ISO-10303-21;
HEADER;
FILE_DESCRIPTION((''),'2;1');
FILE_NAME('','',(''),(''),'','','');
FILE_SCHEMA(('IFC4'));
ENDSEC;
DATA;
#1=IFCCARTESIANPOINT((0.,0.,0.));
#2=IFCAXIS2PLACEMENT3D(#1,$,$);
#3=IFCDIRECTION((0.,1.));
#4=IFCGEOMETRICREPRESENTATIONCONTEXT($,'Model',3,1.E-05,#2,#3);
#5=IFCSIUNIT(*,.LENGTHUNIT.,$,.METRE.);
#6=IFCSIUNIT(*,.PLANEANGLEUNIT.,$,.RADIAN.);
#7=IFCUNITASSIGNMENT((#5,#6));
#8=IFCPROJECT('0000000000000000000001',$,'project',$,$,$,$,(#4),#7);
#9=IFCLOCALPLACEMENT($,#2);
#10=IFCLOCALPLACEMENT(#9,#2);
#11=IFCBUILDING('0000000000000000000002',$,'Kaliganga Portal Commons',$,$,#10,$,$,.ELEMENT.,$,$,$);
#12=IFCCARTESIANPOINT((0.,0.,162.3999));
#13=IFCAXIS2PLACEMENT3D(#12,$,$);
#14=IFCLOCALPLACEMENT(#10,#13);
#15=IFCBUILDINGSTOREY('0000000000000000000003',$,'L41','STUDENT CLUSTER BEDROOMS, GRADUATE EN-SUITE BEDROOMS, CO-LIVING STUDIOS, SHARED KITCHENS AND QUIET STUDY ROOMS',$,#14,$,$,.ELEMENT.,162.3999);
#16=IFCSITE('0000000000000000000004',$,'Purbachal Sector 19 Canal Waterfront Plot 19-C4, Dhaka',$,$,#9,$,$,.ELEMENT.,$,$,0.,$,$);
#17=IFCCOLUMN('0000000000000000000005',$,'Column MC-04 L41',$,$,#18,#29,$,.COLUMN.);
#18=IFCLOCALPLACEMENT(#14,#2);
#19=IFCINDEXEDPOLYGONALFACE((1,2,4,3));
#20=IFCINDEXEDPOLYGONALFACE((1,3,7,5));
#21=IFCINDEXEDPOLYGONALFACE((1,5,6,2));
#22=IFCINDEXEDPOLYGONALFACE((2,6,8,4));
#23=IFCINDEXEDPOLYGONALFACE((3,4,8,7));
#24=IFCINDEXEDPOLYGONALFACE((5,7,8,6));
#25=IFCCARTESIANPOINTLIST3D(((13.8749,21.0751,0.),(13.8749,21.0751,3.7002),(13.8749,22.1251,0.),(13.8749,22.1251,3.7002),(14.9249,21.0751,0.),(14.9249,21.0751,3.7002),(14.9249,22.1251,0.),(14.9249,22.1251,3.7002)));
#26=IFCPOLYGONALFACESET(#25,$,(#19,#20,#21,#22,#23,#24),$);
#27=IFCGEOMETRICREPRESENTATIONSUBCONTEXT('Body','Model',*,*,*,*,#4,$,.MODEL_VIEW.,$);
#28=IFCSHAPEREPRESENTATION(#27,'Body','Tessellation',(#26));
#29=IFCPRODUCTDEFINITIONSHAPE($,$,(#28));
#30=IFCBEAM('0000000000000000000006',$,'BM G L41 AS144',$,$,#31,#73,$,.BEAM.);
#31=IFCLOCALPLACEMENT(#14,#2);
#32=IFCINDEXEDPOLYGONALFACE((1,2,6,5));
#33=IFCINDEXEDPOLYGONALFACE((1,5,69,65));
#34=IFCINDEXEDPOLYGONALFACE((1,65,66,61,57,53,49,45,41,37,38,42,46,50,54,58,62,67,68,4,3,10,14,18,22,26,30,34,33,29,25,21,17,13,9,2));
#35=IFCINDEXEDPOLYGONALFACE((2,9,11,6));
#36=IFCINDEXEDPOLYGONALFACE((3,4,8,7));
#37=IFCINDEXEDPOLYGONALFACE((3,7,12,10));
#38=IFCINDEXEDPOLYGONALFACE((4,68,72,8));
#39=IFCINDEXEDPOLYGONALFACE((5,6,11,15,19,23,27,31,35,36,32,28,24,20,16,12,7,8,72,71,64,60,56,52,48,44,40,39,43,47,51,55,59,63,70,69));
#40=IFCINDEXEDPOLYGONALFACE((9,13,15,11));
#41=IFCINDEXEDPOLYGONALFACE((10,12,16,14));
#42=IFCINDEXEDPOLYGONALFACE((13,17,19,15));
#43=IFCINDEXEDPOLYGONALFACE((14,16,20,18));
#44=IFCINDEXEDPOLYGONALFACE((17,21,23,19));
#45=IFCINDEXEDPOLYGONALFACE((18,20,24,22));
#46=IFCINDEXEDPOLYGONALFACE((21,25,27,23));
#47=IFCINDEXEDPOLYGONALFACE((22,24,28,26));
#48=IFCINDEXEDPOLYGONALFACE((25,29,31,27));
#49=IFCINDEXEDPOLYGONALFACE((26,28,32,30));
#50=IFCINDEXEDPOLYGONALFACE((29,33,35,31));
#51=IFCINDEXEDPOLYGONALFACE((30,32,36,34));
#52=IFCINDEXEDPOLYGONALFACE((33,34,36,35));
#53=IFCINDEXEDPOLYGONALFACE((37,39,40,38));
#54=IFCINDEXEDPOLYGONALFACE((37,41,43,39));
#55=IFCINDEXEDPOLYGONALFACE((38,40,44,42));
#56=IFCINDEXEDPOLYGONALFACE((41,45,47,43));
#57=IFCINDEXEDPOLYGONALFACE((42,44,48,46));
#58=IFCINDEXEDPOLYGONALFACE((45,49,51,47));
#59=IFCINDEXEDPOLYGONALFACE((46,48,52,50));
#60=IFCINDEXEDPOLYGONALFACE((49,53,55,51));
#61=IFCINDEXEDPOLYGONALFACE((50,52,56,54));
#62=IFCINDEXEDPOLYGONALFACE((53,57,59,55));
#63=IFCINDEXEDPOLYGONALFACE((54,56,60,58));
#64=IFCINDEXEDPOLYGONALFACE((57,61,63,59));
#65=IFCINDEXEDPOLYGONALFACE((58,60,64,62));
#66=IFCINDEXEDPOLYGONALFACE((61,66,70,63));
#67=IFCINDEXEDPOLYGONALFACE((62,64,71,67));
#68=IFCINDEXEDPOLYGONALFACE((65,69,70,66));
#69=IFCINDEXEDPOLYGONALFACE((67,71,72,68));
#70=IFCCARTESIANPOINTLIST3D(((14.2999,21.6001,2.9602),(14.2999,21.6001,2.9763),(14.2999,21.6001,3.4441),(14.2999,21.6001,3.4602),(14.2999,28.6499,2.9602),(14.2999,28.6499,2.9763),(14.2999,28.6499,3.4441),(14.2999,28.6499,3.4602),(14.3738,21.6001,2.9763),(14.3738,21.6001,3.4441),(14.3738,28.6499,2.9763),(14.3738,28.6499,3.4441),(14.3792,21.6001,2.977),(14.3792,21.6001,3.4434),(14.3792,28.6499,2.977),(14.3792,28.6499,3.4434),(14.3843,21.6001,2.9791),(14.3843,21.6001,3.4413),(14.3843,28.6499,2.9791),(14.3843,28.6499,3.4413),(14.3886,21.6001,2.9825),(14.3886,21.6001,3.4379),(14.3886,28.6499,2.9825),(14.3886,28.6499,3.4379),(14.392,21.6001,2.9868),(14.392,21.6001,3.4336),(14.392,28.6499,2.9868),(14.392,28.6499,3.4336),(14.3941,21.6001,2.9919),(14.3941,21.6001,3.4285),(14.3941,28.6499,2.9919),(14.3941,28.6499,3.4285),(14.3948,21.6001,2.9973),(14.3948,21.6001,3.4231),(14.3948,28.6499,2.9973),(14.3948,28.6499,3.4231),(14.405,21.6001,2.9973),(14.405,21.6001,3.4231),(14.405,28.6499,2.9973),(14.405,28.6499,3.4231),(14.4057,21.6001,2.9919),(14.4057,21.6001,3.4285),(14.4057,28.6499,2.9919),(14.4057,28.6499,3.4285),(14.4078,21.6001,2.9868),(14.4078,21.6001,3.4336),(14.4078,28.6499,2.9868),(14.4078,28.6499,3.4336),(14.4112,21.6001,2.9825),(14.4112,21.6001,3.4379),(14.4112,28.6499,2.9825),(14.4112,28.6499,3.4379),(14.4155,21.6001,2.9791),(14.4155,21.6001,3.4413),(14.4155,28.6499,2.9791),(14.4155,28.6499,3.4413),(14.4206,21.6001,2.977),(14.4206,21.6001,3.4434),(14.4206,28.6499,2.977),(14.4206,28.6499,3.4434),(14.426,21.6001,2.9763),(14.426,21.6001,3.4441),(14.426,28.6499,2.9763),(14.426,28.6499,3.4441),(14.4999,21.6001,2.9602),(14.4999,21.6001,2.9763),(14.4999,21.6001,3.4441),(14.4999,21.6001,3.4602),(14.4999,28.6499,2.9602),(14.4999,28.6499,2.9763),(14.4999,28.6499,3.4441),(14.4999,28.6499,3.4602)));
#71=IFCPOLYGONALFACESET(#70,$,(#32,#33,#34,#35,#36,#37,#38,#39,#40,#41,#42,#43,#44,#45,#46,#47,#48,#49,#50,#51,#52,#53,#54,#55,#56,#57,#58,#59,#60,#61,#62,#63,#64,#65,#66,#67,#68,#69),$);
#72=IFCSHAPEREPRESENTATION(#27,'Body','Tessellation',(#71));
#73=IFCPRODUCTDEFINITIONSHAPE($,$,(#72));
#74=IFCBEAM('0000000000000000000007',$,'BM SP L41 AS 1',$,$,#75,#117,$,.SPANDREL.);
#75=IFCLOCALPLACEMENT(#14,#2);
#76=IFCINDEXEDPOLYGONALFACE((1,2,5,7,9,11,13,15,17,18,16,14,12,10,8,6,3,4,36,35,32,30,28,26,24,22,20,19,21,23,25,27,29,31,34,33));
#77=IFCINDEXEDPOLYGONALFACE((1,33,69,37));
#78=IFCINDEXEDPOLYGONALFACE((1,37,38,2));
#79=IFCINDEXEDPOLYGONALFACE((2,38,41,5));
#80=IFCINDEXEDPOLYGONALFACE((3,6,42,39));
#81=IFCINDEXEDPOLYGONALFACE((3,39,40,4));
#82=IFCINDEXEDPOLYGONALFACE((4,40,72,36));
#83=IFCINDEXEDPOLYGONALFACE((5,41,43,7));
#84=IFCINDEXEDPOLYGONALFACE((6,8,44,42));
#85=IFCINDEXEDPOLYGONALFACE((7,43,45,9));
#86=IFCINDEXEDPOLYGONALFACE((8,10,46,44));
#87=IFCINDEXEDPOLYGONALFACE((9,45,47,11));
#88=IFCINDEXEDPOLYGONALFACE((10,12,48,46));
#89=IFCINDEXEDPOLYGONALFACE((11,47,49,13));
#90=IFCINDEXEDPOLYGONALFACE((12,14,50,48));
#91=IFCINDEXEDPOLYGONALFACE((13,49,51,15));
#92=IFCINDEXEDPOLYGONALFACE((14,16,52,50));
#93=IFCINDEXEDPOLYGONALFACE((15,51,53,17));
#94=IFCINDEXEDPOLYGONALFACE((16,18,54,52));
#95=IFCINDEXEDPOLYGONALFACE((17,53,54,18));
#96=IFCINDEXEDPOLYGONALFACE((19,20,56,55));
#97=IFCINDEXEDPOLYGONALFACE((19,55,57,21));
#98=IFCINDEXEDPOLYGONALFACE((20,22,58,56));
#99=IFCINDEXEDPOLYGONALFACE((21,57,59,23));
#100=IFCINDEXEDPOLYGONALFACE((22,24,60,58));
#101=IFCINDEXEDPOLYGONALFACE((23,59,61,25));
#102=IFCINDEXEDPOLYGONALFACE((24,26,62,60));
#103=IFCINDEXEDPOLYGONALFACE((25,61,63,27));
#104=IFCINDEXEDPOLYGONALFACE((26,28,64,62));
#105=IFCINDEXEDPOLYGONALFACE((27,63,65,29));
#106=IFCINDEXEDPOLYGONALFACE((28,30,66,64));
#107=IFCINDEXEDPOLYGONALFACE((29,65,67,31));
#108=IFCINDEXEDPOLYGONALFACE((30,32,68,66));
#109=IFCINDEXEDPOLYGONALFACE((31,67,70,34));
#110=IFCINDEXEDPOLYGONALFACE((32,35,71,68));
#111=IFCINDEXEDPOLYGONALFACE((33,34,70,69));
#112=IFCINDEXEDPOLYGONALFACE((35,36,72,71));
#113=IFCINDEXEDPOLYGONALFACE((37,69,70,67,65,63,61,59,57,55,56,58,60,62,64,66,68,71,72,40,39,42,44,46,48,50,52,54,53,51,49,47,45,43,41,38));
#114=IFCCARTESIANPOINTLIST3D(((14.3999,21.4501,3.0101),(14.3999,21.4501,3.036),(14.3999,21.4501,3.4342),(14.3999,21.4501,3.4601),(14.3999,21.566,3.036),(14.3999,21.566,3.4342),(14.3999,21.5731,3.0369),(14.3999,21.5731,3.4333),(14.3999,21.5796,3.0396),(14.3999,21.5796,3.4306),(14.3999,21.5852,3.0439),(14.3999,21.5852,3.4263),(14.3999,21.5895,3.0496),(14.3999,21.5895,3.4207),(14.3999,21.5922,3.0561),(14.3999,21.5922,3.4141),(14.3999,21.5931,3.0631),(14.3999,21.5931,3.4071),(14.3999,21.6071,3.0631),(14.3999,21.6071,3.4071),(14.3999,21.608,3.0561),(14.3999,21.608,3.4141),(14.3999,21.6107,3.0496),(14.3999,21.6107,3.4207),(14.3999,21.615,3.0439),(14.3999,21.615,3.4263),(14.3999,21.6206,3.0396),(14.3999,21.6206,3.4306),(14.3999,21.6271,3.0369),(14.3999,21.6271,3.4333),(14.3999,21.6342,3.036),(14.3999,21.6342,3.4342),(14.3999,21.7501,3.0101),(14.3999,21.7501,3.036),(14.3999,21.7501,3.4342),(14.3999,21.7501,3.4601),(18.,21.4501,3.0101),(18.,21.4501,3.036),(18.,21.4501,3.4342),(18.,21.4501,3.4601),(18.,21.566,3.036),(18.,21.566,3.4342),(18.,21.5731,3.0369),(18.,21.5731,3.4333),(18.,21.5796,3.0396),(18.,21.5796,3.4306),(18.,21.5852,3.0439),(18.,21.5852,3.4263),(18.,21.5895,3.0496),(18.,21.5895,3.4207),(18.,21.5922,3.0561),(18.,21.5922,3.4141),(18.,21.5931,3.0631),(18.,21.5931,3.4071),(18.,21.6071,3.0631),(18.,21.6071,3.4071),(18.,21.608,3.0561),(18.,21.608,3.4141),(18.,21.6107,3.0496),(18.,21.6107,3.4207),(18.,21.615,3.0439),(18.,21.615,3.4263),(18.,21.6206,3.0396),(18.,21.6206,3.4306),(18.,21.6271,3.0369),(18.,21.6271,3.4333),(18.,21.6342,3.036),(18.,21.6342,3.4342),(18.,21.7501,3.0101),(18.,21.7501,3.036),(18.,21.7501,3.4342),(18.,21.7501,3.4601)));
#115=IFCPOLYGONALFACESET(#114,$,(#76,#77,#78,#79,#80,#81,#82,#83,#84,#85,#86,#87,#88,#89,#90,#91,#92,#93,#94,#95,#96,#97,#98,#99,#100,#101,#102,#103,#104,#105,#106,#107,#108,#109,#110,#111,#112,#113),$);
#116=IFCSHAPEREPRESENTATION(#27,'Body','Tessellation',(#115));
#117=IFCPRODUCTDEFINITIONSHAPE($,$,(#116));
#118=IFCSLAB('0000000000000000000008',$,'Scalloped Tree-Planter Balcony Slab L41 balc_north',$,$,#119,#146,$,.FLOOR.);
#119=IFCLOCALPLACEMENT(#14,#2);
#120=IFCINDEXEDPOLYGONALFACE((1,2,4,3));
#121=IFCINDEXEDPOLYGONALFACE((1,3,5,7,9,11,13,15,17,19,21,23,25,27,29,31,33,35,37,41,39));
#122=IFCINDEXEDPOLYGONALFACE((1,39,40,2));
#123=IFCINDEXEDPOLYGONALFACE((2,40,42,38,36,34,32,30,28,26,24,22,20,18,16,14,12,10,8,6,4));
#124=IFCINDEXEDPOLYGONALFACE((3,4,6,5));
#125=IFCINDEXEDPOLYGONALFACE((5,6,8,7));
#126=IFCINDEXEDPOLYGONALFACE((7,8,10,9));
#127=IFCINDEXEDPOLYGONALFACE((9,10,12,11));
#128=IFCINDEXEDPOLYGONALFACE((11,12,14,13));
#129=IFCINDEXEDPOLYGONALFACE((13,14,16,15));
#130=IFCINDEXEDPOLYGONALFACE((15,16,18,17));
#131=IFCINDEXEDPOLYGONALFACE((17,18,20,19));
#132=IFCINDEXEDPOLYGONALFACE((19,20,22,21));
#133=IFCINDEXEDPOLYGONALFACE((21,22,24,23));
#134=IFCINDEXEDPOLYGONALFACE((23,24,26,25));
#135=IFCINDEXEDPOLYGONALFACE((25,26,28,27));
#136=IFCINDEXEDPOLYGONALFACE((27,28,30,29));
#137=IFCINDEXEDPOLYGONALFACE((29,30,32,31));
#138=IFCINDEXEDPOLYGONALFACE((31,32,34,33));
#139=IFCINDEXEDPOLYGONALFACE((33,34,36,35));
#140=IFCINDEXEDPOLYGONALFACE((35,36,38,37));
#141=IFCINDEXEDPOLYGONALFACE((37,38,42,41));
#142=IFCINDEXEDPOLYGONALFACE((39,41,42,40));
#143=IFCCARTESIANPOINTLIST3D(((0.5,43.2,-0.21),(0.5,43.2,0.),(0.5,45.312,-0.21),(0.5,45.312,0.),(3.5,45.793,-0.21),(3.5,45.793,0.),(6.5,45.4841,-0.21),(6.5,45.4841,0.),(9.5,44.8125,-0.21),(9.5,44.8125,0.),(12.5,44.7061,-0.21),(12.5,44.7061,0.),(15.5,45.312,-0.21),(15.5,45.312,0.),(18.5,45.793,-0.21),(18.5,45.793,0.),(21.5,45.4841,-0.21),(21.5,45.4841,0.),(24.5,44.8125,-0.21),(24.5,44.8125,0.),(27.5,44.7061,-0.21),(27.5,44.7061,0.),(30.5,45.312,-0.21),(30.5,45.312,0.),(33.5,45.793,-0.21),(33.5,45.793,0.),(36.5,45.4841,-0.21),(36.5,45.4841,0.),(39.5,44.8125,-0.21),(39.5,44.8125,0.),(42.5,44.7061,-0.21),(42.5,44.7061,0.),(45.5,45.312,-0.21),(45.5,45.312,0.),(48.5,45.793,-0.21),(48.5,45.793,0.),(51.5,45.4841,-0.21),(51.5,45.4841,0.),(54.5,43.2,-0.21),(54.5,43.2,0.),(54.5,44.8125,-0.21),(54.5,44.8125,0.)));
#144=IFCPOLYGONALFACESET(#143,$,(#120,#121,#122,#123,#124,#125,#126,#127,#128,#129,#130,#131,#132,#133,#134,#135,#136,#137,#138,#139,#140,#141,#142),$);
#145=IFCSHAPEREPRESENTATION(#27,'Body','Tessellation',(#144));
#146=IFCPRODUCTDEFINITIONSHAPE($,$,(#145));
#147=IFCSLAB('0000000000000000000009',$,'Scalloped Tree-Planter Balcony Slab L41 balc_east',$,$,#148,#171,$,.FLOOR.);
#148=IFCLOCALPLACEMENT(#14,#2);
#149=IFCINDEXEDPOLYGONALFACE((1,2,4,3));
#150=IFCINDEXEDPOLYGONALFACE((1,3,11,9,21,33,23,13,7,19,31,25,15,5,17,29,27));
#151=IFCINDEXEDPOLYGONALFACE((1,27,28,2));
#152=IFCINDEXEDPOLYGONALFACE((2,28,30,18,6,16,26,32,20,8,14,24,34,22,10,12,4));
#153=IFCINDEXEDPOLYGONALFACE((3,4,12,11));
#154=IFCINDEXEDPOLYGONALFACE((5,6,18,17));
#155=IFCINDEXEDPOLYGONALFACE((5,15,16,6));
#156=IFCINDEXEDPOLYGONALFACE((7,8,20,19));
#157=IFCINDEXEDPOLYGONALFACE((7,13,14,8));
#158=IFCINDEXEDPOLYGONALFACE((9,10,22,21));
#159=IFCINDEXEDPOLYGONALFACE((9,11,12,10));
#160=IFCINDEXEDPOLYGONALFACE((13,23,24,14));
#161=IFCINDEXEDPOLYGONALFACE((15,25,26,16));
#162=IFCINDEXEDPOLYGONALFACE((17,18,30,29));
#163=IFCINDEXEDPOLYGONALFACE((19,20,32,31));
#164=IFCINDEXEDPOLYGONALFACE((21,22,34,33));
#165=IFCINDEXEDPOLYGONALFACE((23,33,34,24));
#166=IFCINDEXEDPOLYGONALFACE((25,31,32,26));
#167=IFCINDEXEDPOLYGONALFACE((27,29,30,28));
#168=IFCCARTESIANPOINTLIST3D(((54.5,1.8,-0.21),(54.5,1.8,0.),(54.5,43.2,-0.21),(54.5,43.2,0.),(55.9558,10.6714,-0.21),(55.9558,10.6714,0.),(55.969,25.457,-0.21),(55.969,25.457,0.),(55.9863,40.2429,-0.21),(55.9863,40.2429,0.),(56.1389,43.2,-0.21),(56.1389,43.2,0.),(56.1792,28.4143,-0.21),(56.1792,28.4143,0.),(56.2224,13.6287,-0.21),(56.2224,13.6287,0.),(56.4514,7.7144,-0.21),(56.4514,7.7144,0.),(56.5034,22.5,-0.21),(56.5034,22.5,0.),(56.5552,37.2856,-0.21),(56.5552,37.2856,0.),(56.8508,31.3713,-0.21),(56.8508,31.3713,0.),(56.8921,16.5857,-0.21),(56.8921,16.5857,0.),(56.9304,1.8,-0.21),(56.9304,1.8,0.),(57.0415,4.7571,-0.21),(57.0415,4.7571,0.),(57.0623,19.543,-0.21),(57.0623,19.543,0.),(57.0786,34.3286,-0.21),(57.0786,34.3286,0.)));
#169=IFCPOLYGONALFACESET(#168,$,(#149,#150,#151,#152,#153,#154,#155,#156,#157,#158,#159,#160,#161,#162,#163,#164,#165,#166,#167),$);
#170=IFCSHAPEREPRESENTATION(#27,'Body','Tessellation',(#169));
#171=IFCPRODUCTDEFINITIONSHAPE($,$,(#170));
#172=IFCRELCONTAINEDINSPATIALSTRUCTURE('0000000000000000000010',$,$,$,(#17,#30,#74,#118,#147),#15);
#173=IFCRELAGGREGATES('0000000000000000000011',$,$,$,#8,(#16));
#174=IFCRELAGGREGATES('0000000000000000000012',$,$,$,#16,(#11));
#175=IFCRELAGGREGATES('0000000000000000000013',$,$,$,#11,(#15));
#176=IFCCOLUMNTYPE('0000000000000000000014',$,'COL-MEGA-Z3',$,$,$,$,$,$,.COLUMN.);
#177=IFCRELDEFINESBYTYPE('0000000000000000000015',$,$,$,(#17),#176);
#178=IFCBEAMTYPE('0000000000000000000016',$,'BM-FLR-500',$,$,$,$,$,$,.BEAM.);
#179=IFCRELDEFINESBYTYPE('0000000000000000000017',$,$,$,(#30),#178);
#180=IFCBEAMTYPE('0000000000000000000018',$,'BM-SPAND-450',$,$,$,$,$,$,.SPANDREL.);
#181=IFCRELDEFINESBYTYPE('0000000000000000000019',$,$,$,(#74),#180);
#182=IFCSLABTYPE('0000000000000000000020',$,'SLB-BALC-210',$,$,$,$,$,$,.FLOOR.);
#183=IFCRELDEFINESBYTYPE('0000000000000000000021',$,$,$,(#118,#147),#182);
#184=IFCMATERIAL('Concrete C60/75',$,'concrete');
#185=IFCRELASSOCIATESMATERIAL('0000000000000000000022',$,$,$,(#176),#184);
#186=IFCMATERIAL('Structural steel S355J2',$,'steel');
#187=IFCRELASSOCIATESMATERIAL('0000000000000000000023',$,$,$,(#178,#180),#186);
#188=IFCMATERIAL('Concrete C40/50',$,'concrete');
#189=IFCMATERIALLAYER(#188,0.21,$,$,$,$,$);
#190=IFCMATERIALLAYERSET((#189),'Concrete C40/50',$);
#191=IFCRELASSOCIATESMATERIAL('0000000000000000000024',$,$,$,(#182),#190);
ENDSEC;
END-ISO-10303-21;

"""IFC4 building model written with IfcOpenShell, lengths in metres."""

from ifc_helpers import new_model, si_unit, direction, frame, origin, origin_2d, place, context, subcontext, project, spatial, polyline, rectangle, i_section, outline, extrude, source, transform, mapped, material, layer, layer_set, material_profile, profile_set, type_object, element, save


model = new_model("IFC4")

# Units and contexts
model_context = context("Model", 3, precision=1e-05, world=origin(), true_north=direction((0.0, 1.0)))
body_context = subcontext(model_context, "Body", "Model", "MODEL_VIEW")
ifc_project = project(units=[si_unit("LENGTHUNIT", "METRE"), si_unit("PLANEANGLEUNIT", "RADIAN")], contexts=[model_context])

# Site, building, storey
site_placement = place(None, origin())
site = spatial("IfcSite", under=ifc_project, at=site_placement, Name="Purbachal Sector 19 Canal Waterfront Plot 19-C4, Dhaka", CompositionType="ELEMENT", RefElevation=0.0)
building_placement = place(site_placement, origin())
building = spatial("IfcBuilding", under=site, at=building_placement, Name="Kaliganga Portal Commons", CompositionType="ELEMENT")
storey_placement = place(building_placement, frame((0.0, 0.0, 162.3999)))
storey = spatial("IfcBuildingStorey", under=building, at=storey_placement, Name="L41", Description="STUDENT CLUSTER BEDROOMS, GRADUATE EN-SUITE BEDROOMS, CO-LIVING STUDIOS, SHARED KITCHENS AND QUIET STUDY ROOMS", CompositionType="ELEMENT", Elevation=162.3999)

# Column
ifc_material_1 = material(Name="Concrete C60/75", Category="concrete")
ifc_material_profile_1 = material_profile(ifc_material_1, rectangle(XDim=1.05, YDim=1.05, at=origin_2d()), Name="RC 1050x1050")
ifc_profile_set_1 = profile_set([ifc_material_profile_1], Name="Concrete C60/75")
column_type = type_object("IfcColumnType", Name="COL-MEGA-Z3", PredefinedType="COLUMN", material=ifc_profile_set_1)
shared_shape_1 = source(origin(), body_context, "Body", "SweptSolid", [
    extrude(rectangle(XDim=1.05, YDim=1.05, at=origin_2d()), origin(), (0.0, 0.0, 1.0), 3.7002),
])
column_placement = place(storey_placement, frame((14.3999, 21.6001, 0.0), z_axis=(0.0, 0.0, 1.0), x_axis=(1.0, 0.0, 0.0)))
element("IfcColumn", 1, at=column_placement, inside=storey, type_object=column_type, Name="Column MC-04 L41", PredefinedType="COLUMN", context=body_context, shape_type="MappedRepresentation", body=[
    mapped(shared_shape_1, transform((0.0, 0.0, 0.0), x_axis=(1.0, 0.0, 0.0), y_axis=(0.0, 1.0, 0.0), z_axis=(0.0, 0.0, 1.0), scale=1.0)),
])

# Beams
ifc_material_2 = material(Name="Structural steel S355J2", Category="steel")
ifc_material_profile_2 = material_profile(ifc_material_2, i_section(OverallWidth=0.2, OverallDepth=0.5, WebThickness=0.0103, FlangeThickness=0.0161, FilletRadius=0.021, at=origin_2d()), Name="IPE 500")
ifc_profile_set_2 = profile_set([ifc_material_profile_2], Name="Structural steel S355J2 wide-flange")
beam_type_1 = type_object("IfcBeamType", Name="BM-FLR-500", PredefinedType="BEAM", material=ifc_profile_set_2)
shared_shape_2 = source(origin(), body_context, "Body", "SweptSolid", [
    extrude(i_section(OverallWidth=0.2, OverallDepth=0.5, WebThickness=0.0103, FlangeThickness=0.0161, FilletRadius=0.021, at=origin_2d()), origin(), (0.0, 0.0, 1.0), 7.0498),
])
beam_1_placement = place(storey_placement, frame((14.3999, 21.6001, 3.2102), z_axis=(0.0, 1.0, 0.0), x_axis=(-1.0, 0.0, 0.0)))
element("IfcBeam", 2, at=beam_1_placement, inside=storey, type_object=beam_type_1, Name="BM G L41 AS144", PredefinedType="BEAM", context=body_context, shape_type="MappedRepresentation", body=[
    mapped(shared_shape_2, transform((0.0, 0.0, 0.0), x_axis=(1.0, 0.0, 0.0), y_axis=(0.0, 1.0, 0.0), z_axis=(0.0, 0.0, 1.0), scale=1.0)),
])
ifc_material_profile_3 = material_profile(ifc_material_2, i_section(OverallWidth=0.3, OverallDepth=0.45, WebThickness=0.0139, FlangeThickness=0.0259, FilletRadius=0.0271, at=origin_2d()), Name="HE 450 B")
ifc_profile_set_3 = profile_set([ifc_material_profile_3], Name="Structural steel S355J2 wide-flange")
beam_type_2 = type_object("IfcBeamType", Name="BM-SPAND-450", PredefinedType="SPANDREL", material=ifc_profile_set_3)
shared_shape_3 = source(origin(), body_context, "Body", "SweptSolid", [
    extrude(i_section(OverallWidth=0.3, OverallDepth=0.45, WebThickness=0.0139, FlangeThickness=0.0259, FilletRadius=0.0271, at=origin_2d()), origin(), (0.0, 0.0, 1.0), 3.6001),
])
beam_2_placement = place(storey_placement, frame((14.3999, 21.6001, 3.2351), z_axis=(1.0, 0.0, 0.0), x_axis=(0.0, 1.0, 0.0)))
element("IfcBeam", 3, at=beam_2_placement, inside=storey, type_object=beam_type_2, Name="BM SP L41 AS 1", PredefinedType="SPANDREL", context=body_context, shape_type="MappedRepresentation", body=[
    mapped(shared_shape_3, transform((0.0, 0.0, 0.0), x_axis=(1.0, 0.0, 0.0), y_axis=(0.0, 1.0, 0.0), z_axis=(0.0, 0.0, 1.0), scale=1.0)),
])

# Slabs
ifc_material_3 = material(Name="Concrete C40/50", Category="concrete")
ifc_layer_1 = layer(ifc_material_3, 0.21)
ifc_layer_set_1 = layer_set([ifc_layer_1], Name="Concrete C40/50")
slab_type_1 = type_object("IfcSlabType", Name="SLB-BALC-210", PredefinedType="FLOOR", material=ifc_layer_set_1)
slab_1_placement = place(storey_placement, frame((0.0, 0.0, -0.21)))
element("IfcSlab", 4, at=slab_1_placement, inside=storey, type_object=slab_type_1, Name="Scalloped Tree-Planter Balcony Slab L41 balc_north", PredefinedType="FLOOR", context=body_context, shape_type="SweptSolid", body=[
    extrude(outline(polyline([(54.5, 43.2), (54.5, 44.8125), (51.5, 45.4841), (48.5, 45.793), (45.5, 45.312), (42.5, 44.7061), (39.5, 44.8125), (36.5, 45.4841), (33.5, 45.793), (30.5, 45.312), (27.5, 44.7061), (24.5, 44.8125), (21.5, 45.4841), (18.5, 45.793), (15.5, 45.312), (12.5, 44.7061), (9.5, 44.8125), (6.5, 45.4841), (3.5, 45.793), (0.5, 45.312), (0.5, 43.2), (54.5, 43.2)])), origin(), (0.0, 0.0, 1.0), 0.21),
])
slab_2_placement = place(storey_placement, frame((0.0, 0.0, -0.21)))
element("IfcSlab", 5, at=slab_2_placement, inside=storey, type_object=slab_type_1, Name="Scalloped Tree-Planter Balcony Slab L41 balc_east", PredefinedType="FLOOR", context=body_context, shape_type="SweptSolid", body=[
    extrude(outline(polyline([(54.5, 1.8), (56.9304, 1.8), (57.0415, 4.7571), (56.4514, 7.7144), (55.9558, 10.6714), (56.2224, 13.6287), (56.8921, 16.5857), (57.0623, 19.543), (56.5034, 22.5), (55.969, 25.457), (56.1792, 28.4143), (56.8508, 31.3713), (57.0786, 34.3286), (56.5552, 37.2856), (55.9863, 40.2429), (56.1389, 43.2), (54.5, 43.2), (54.5, 1.8)])), origin(), (0.0, 0.0, 1.0), 0.21),
])

save(model, "model.ifc")
